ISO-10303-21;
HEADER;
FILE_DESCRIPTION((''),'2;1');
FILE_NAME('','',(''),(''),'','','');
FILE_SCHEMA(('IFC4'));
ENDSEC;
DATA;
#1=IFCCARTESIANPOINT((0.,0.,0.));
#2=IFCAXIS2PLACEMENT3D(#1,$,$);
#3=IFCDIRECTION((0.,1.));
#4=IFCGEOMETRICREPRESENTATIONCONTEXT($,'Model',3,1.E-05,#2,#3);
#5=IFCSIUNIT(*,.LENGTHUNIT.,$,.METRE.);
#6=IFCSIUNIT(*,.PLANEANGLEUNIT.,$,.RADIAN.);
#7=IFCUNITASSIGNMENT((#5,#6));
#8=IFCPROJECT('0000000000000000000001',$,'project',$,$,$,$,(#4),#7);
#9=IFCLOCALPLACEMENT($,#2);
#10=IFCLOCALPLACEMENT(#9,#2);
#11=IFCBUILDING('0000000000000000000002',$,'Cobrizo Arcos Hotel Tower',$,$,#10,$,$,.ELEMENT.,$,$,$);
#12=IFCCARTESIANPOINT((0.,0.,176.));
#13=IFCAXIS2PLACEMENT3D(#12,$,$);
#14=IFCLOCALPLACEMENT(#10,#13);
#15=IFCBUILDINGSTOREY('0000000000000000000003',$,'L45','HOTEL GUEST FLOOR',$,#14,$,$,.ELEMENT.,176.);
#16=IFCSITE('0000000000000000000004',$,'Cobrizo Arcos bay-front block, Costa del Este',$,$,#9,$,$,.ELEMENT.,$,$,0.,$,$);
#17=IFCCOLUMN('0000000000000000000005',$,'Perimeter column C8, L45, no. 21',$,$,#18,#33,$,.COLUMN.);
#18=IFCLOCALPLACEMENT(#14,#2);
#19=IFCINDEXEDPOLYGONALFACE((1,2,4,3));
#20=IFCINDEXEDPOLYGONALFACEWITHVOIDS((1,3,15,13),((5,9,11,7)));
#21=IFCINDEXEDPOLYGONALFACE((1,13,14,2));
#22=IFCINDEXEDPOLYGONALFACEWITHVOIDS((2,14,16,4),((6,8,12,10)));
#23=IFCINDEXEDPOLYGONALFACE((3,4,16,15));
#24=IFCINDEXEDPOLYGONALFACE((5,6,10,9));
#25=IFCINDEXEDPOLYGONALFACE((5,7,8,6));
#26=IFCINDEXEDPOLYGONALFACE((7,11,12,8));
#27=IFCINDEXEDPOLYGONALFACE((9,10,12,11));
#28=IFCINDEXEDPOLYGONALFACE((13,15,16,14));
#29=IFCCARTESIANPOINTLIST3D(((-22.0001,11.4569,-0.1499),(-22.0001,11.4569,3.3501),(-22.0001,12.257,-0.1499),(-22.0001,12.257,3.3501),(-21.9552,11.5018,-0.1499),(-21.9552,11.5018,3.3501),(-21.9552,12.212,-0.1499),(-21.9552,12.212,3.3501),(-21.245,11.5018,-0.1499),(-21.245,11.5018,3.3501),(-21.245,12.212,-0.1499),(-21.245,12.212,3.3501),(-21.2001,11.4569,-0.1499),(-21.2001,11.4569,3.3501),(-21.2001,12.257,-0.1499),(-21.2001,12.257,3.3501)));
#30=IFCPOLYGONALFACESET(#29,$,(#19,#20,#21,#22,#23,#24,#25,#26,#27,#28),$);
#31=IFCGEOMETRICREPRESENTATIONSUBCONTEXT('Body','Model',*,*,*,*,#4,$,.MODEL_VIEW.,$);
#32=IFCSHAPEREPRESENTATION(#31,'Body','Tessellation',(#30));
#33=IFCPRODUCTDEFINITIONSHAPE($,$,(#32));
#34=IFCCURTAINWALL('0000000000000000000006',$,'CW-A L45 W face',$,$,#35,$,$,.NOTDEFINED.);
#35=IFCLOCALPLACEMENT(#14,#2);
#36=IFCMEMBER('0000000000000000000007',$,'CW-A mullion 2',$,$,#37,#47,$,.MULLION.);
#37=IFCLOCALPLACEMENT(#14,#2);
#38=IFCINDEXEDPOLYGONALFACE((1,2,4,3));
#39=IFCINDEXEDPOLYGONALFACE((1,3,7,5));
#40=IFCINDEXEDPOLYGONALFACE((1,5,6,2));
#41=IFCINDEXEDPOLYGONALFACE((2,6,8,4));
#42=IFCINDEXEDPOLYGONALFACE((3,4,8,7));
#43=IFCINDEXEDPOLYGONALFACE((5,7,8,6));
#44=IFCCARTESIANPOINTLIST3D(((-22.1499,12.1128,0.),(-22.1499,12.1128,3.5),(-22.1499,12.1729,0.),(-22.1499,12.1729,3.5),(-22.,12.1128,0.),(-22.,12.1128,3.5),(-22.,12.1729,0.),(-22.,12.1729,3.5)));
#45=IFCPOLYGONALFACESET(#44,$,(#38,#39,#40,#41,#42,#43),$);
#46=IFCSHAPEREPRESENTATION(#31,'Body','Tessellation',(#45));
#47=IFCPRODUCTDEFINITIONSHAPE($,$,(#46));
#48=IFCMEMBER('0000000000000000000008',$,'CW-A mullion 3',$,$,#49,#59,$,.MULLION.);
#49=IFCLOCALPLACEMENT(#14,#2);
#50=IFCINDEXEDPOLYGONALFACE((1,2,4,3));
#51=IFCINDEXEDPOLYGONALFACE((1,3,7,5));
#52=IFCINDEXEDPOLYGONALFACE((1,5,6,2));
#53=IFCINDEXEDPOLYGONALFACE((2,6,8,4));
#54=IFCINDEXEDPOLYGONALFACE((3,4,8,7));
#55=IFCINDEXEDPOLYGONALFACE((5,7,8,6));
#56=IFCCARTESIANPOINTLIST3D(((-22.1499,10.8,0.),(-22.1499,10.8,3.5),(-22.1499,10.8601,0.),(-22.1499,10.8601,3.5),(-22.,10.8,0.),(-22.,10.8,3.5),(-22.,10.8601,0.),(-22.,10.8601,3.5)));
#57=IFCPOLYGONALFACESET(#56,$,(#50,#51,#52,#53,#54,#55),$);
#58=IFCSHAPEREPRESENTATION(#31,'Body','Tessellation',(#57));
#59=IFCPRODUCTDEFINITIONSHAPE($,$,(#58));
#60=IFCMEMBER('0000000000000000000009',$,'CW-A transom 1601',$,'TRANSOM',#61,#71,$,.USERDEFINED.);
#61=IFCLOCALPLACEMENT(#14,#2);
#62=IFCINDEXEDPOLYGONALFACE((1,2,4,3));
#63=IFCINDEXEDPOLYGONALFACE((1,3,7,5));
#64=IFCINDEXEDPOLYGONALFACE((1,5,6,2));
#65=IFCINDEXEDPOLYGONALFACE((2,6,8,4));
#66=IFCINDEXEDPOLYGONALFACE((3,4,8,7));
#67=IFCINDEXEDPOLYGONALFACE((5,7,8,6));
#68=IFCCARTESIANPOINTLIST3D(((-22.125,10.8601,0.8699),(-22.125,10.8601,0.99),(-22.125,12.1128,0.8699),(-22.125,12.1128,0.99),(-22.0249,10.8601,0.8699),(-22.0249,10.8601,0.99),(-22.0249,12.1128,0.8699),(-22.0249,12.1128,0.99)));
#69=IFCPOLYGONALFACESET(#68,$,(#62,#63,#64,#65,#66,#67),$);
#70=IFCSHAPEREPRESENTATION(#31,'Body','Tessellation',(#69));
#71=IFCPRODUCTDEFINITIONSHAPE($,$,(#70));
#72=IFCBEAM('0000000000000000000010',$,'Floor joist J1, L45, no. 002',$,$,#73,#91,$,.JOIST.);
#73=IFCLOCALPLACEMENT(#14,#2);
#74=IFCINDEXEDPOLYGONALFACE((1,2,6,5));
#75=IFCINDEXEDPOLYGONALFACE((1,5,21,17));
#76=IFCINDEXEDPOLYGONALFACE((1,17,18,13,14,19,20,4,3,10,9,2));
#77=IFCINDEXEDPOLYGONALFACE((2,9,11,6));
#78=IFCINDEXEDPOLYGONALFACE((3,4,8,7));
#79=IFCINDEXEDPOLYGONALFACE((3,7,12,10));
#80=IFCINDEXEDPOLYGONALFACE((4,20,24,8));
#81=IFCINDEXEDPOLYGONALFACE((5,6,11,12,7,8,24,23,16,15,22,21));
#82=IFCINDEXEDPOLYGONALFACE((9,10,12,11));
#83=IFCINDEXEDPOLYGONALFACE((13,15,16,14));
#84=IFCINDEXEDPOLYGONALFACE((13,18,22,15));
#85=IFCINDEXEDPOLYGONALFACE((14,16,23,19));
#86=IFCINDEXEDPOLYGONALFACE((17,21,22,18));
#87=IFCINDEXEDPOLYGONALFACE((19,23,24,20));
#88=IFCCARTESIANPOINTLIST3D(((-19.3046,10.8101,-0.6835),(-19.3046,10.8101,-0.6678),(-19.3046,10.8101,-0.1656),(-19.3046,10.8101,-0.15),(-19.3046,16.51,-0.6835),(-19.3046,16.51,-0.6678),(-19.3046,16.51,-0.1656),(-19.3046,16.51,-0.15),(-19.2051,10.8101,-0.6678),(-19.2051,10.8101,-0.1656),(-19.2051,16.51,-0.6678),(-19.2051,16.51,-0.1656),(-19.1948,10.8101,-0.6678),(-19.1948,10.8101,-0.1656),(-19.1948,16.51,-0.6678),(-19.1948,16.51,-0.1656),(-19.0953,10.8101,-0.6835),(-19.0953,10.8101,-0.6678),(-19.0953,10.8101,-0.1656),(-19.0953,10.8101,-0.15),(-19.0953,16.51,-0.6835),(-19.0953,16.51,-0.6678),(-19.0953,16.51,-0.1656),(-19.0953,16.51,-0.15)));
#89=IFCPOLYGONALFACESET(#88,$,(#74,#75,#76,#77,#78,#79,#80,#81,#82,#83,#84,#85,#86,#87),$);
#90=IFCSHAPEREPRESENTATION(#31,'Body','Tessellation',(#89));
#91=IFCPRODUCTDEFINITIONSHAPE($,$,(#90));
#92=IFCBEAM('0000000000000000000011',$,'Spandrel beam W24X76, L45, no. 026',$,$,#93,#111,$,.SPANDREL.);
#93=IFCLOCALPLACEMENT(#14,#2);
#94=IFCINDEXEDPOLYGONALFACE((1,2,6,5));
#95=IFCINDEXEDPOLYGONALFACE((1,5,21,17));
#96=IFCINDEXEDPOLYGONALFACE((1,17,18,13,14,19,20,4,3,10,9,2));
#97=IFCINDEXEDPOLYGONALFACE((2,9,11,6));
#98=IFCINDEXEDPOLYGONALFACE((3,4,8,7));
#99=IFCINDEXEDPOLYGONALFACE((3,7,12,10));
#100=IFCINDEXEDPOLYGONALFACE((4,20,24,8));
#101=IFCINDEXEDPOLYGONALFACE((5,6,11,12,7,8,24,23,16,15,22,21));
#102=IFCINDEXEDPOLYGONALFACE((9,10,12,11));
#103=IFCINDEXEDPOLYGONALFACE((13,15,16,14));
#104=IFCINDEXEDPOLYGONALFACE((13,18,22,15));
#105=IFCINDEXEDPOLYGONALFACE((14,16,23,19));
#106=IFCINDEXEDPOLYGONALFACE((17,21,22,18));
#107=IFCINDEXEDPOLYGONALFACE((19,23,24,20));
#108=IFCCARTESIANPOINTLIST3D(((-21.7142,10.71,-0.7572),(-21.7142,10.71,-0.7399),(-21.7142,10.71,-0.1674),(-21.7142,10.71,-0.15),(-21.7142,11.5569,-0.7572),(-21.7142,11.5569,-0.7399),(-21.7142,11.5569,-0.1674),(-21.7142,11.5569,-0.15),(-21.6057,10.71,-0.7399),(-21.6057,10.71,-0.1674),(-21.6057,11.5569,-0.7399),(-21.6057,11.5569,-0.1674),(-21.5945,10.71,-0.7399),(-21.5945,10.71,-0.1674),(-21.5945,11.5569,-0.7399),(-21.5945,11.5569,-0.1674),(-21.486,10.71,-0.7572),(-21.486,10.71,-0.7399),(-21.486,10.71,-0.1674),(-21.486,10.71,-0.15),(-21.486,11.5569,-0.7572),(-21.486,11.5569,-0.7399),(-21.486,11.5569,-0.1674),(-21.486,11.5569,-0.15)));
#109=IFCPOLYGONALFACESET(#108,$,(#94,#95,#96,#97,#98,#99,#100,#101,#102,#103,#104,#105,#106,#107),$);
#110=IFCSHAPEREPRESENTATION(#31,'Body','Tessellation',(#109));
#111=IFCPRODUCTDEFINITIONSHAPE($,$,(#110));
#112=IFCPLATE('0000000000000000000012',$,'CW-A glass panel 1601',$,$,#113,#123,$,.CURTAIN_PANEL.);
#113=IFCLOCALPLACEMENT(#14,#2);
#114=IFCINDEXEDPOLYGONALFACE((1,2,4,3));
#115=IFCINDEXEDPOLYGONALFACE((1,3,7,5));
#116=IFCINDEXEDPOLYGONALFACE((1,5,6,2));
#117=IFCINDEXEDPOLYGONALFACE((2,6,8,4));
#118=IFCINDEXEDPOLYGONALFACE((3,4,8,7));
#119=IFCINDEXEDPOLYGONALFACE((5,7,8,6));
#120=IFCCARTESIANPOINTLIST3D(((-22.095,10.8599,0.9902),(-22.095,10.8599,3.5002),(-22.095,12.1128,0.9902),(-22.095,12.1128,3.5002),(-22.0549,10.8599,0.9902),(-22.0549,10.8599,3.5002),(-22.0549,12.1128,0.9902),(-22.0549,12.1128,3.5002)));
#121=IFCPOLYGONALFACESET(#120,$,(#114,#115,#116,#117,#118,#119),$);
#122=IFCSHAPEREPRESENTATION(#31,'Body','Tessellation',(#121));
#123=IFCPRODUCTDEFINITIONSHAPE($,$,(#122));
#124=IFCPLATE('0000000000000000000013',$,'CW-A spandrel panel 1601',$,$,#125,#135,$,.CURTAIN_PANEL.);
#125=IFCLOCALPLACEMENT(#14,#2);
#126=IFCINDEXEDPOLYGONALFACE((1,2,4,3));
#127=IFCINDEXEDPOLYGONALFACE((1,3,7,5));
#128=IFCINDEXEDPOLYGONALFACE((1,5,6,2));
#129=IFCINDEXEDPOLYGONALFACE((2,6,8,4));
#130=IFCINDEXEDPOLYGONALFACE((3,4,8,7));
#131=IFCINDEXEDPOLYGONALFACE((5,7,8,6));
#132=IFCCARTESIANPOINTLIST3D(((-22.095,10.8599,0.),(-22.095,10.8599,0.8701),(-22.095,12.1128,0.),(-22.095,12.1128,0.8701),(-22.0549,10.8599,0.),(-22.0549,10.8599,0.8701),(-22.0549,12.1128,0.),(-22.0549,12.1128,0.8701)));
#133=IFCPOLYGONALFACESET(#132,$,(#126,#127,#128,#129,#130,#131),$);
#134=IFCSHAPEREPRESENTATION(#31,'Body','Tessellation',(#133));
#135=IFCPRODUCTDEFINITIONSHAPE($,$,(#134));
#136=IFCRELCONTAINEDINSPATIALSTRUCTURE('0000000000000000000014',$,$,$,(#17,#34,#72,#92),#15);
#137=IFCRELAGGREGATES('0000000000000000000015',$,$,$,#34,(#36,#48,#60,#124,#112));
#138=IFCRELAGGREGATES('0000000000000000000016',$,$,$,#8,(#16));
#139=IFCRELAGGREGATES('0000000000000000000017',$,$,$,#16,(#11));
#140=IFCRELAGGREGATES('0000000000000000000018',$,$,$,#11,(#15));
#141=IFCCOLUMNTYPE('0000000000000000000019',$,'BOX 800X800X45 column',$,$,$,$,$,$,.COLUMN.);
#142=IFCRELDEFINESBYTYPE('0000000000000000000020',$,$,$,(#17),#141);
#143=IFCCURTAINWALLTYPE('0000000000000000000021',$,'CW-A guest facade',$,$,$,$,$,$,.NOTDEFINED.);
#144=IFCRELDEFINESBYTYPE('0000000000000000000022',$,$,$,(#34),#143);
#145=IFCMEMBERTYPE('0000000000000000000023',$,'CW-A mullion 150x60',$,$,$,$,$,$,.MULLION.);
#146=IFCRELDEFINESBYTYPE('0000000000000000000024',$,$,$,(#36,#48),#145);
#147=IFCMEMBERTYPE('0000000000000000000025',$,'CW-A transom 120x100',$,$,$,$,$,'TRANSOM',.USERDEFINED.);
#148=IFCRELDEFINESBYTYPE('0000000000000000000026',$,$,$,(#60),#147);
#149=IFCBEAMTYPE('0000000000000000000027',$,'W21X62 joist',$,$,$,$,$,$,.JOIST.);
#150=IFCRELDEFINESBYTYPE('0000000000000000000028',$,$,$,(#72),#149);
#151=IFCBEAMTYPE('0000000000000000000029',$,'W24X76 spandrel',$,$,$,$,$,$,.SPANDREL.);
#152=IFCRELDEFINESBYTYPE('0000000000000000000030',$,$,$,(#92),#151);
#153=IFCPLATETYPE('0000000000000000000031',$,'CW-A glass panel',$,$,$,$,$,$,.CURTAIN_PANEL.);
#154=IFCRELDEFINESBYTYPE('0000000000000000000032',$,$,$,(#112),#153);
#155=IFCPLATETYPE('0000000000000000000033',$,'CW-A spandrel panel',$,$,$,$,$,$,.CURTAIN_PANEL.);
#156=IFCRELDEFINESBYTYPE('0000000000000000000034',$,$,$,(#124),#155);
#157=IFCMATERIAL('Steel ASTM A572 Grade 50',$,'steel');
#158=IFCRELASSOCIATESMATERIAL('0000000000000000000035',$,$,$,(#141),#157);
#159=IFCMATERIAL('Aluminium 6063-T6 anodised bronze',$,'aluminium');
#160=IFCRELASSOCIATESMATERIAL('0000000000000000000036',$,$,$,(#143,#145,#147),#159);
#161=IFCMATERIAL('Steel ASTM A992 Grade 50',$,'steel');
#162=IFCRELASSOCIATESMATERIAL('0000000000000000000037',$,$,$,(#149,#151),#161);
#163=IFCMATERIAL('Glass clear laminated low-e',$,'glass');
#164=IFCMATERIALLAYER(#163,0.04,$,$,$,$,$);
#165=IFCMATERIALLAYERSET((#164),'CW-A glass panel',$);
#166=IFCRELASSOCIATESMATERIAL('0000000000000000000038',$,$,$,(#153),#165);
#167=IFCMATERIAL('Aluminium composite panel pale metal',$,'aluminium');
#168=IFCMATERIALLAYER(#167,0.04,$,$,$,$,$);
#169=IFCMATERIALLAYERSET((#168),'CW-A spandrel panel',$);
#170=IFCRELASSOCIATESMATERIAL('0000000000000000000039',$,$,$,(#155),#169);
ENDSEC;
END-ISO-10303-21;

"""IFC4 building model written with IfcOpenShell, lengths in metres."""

from ifc_helpers import new_model, si_unit, direction, frame, origin, origin_2d, place, context, subcontext, project, spatial, rectangle, hollow_rectangle, i_section, extrude, material, layer, layer_set, material_profile, profile_set, type_object, element, aggregate, save


model = new_model("IFC4")

# Units and contexts
model_context = context("Model", 3, precision=1e-05, world=origin(), true_north=direction((0.0, 1.0)))
body_context = subcontext(model_context, "Body", "Model", "MODEL_VIEW")
ifc_project = project(units=[si_unit("LENGTHUNIT", "METRE"), si_unit("PLANEANGLEUNIT", "RADIAN")], contexts=[model_context])

# Site, building, storey
site_placement = place(None, origin())
site = spatial("IfcSite", under=ifc_project, at=site_placement, Name="Cobrizo Arcos bay-front block, Costa del Este", CompositionType="ELEMENT", RefElevation=0.0)
building_placement = place(site_placement, origin())
building = spatial("IfcBuilding", under=site, at=building_placement, Name="Cobrizo Arcos Hotel Tower", CompositionType="ELEMENT")
storey_placement = place(building_placement, frame((0.0, 0.0, 176.0)))
storey = spatial("IfcBuildingStorey", under=building, at=storey_placement, Name="L45", Description="HOTEL GUEST FLOOR", CompositionType="ELEMENT", Elevation=176.0)

# Column
ifc_material_1 = material(Name="Steel ASTM A572 Grade 50", Category="steel")
ifc_material_profile_1 = material_profile(ifc_material_1, hollow_rectangle(XDim=0.8, YDim=0.8, WallThickness=0.0449, at=origin_2d()), Name="BOX 800X800X45")
ifc_profile_set_1 = profile_set([ifc_material_profile_1], Name="Steel ASTM A572 Grade 50")
column_type = type_object("IfcColumnType", Name="BOX 800X800X45 column", PredefinedType="COLUMN", material=ifc_profile_set_1)
column_placement = place(storey_placement, frame((-21.6001, 11.8569, -0.1499), z_axis=(0.0, 0.0, 1.0), x_axis=(1.0, 0.0, 0.0)))
element("IfcColumn", 1, at=column_placement, inside=storey, type_object=column_type, Name="Perimeter column C8, L45, no. 21", PredefinedType="COLUMN", context=body_context, shape_type="SweptSolid", body=[
    extrude(hollow_rectangle(XDim=0.8, YDim=0.8, WallThickness=0.0449, at=origin_2d()), origin(), (0.0, 0.0, 1.0), 3.5),
])

# Curtain wall, members
ifc_material_2 = material(Name="Aluminium 6063-T6 anodised bronze", Category="aluminium")
curtain_wall_type = type_object("IfcCurtainWallType", Name="CW-A guest facade", PredefinedType="NOTDEFINED", material=ifc_material_2)
curtain_wall_placement = place(storey_placement, origin())
curtain_wall = element("IfcCurtainWall", 2, at=curtain_wall_placement, inside=storey, type_object=curtain_wall_type, Name="CW-A L45 W face", PredefinedType="NOTDEFINED")
ifc_material_profile_2 = material_profile(ifc_material_2, rectangle(XDim=0.1499, YDim=0.0601, at=origin_2d()), Name="CW-A mullion 150x60")
ifc_profile_set_2 = profile_set([ifc_material_profile_2], Name="Aluminium 6063-T6 anodised bronze")
member_type_1 = type_object("IfcMemberType", Name="CW-A mullion 150x60", PredefinedType="MULLION", material=ifc_profile_set_2)
member_1_placement = place(storey_placement, frame((-22.075, 12.1428, 0.0), z_axis=(0.0, 0.0, 1.0), x_axis=(-1.0, 0.0, 0.0)))
member_1 = element("IfcMember", 3, at=member_1_placement, type_object=member_type_1, Name="CW-A mullion 2", PredefinedType="MULLION", context=body_context, shape_type="SweptSolid", body=[
    extrude(rectangle(XDim=0.1499, YDim=0.0601, at=origin_2d()), origin(), (0.0, 0.0, 1.0), 3.5),
])
member_2_placement = place(storey_placement, frame((-22.075, 10.8301, 0.0), z_axis=(0.0, 0.0, 1.0), x_axis=(-1.0, 0.0, 0.0)))
member_2 = element("IfcMember", 4, at=member_2_placement, type_object=member_type_1, Name="CW-A mullion 3", PredefinedType="MULLION", context=body_context, shape_type="SweptSolid", body=[
    extrude(rectangle(XDim=0.1499, YDim=0.0601, at=origin_2d()), origin(), (0.0, 0.0, 1.0), 3.5),
])
ifc_material_profile_3 = material_profile(ifc_material_2, rectangle(XDim=0.1001, YDim=0.1201, at=origin_2d()), Name="CW-A transom 120x100")
ifc_profile_set_3 = profile_set([ifc_material_profile_3], Name="Aluminium 6063-T6 anodised bronze")
member_type_2 = type_object("IfcMemberType", Name="CW-A transom 120x100", ElementType="TRANSOM", PredefinedType="USERDEFINED", material=ifc_profile_set_3)
member_3_placement = place(storey_placement, frame((-22.075, 12.1128, 0.9299), z_axis=(0.0, -1.0, 0.0), x_axis=(1.0, 0.0, 0.0)))
member_3 = element("IfcMember", 5, at=member_3_placement, type_object=member_type_2, Name="CW-A transom 1601", ObjectType="TRANSOM", PredefinedType="USERDEFINED", context=body_context, shape_type="SweptSolid", body=[
    extrude(rectangle(XDim=0.1001, YDim=0.1201, at=origin_2d()), origin(), (0.0, 0.0, 1.0), 1.2527),
])

# Beams
ifc_material_3 = material(Name="Steel ASTM A992 Grade 50", Category="steel")
ifc_material_profile_4 = material_profile(ifc_material_3, i_section(OverallWidth=0.2092, OverallDepth=0.5334, WebThickness=0.0103, FlangeThickness=0.0156, at=origin_2d()), Name="W21X62")
ifc_profile_set_4 = profile_set([ifc_material_profile_4], Name="Steel ASTM A992 Grade 50")
beam_type_1 = type_object("IfcBeamType", Name="W21X62 joist", PredefinedType="JOIST", material=ifc_profile_set_4)
beam_1_placement = place(storey_placement, frame((-19.2, 10.8101, -0.4167), z_axis=(0.0, 1.0, 0.0), x_axis=(-1.0, 0.0, 0.0)))
element("IfcBeam", 6, at=beam_1_placement, inside=storey, type_object=beam_type_1, Name="Floor joist J1, L45, no. 002", PredefinedType="JOIST", context=body_context, shape_type="SweptSolid", body=[
    extrude(i_section(OverallWidth=0.2092, OverallDepth=0.5334, WebThickness=0.0103, FlangeThickness=0.0156, at=origin_2d()), origin(), (0.0, 0.0, 1.0), 5.7),
])
ifc_material_profile_5 = material_profile(ifc_material_3, i_section(OverallWidth=0.2283, OverallDepth=0.6072, WebThickness=0.0112, FlangeThickness=0.0173, at=origin_2d()), Name="W24X76")
ifc_profile_set_5 = profile_set([ifc_material_profile_5], Name="Steel ASTM A992 Grade 50")
beam_type_2 = type_object("IfcBeamType", Name="W24X76 spandrel", PredefinedType="SPANDREL", material=ifc_profile_set_5)
beam_2_placement = place(storey_placement, frame((-21.6001, 11.5569, -0.4536), z_axis=(0.0, -1.0, 0.0), x_axis=(1.0, 0.0, 0.0)))
element("IfcBeam", 7, at=beam_2_placement, inside=storey, type_object=beam_type_2, Name="Spandrel beam W24X76, L45, no. 026", PredefinedType="SPANDREL", context=body_context, shape_type="SweptSolid", body=[
    extrude(i_section(OverallWidth=0.2283, OverallDepth=0.6072, WebThickness=0.0112, FlangeThickness=0.0173, at=origin_2d()), origin(), (0.0, 0.0, 1.0), 0.8469),
])

# Plates
ifc_material_4 = material(Name="Glass clear laminated low-e", Category="glass")
ifc_layer_1 = layer(ifc_material_4, 0.04)
ifc_layer_set_1 = layer_set([ifc_layer_1], Name="CW-A glass panel")
plate_type_1 = type_object("IfcPlateType", Name="CW-A glass panel", PredefinedType="CURTAIN_PANEL", material=ifc_layer_set_1)
plate_1_placement = place(storey_placement, frame((-22.075, 11.4863, 0.9902), z_axis=(0.0, 0.0, 1.0), x_axis=(0.0, -1.0, 0.0)))
plate_1 = element("IfcPlate", 8, at=plate_1_placement, type_object=plate_type_1, Name="CW-A glass panel 1601", PredefinedType="CURTAIN_PANEL", context=body_context, shape_type="SweptSolid", body=[
    extrude(rectangle(XDim=1.2529, YDim=0.04, at=origin_2d()), origin(), (0.0, 0.0, 1.0), 2.51),
])
ifc_material_5 = material(Name="Aluminium composite panel pale metal", Category="aluminium")
ifc_layer_2 = layer(ifc_material_5, 0.04)
ifc_layer_set_2 = layer_set([ifc_layer_2], Name="CW-A spandrel panel")
plate_type_2 = type_object("IfcPlateType", Name="CW-A spandrel panel", PredefinedType="CURTAIN_PANEL", material=ifc_layer_set_2)
plate_2_placement = place(storey_placement, frame((-22.075, 11.4863, 0.0), z_axis=(0.0, 0.0, 1.0), x_axis=(0.0, -1.0, 0.0)))
plate_2 = element("IfcPlate", 9, at=plate_2_placement, type_object=plate_type_2, Name="CW-A spandrel panel 1601", PredefinedType="CURTAIN_PANEL", context=body_context, shape_type="SweptSolid", body=[
    extrude(rectangle(XDim=1.2529, YDim=0.04, at=origin_2d()), origin(), (0.0, 0.0, 1.0), 0.8701),
])
aggregate(curtain_wall, [member_1, member_2, member_3, plate_2, plate_1])

save(model, "model.ifc")
